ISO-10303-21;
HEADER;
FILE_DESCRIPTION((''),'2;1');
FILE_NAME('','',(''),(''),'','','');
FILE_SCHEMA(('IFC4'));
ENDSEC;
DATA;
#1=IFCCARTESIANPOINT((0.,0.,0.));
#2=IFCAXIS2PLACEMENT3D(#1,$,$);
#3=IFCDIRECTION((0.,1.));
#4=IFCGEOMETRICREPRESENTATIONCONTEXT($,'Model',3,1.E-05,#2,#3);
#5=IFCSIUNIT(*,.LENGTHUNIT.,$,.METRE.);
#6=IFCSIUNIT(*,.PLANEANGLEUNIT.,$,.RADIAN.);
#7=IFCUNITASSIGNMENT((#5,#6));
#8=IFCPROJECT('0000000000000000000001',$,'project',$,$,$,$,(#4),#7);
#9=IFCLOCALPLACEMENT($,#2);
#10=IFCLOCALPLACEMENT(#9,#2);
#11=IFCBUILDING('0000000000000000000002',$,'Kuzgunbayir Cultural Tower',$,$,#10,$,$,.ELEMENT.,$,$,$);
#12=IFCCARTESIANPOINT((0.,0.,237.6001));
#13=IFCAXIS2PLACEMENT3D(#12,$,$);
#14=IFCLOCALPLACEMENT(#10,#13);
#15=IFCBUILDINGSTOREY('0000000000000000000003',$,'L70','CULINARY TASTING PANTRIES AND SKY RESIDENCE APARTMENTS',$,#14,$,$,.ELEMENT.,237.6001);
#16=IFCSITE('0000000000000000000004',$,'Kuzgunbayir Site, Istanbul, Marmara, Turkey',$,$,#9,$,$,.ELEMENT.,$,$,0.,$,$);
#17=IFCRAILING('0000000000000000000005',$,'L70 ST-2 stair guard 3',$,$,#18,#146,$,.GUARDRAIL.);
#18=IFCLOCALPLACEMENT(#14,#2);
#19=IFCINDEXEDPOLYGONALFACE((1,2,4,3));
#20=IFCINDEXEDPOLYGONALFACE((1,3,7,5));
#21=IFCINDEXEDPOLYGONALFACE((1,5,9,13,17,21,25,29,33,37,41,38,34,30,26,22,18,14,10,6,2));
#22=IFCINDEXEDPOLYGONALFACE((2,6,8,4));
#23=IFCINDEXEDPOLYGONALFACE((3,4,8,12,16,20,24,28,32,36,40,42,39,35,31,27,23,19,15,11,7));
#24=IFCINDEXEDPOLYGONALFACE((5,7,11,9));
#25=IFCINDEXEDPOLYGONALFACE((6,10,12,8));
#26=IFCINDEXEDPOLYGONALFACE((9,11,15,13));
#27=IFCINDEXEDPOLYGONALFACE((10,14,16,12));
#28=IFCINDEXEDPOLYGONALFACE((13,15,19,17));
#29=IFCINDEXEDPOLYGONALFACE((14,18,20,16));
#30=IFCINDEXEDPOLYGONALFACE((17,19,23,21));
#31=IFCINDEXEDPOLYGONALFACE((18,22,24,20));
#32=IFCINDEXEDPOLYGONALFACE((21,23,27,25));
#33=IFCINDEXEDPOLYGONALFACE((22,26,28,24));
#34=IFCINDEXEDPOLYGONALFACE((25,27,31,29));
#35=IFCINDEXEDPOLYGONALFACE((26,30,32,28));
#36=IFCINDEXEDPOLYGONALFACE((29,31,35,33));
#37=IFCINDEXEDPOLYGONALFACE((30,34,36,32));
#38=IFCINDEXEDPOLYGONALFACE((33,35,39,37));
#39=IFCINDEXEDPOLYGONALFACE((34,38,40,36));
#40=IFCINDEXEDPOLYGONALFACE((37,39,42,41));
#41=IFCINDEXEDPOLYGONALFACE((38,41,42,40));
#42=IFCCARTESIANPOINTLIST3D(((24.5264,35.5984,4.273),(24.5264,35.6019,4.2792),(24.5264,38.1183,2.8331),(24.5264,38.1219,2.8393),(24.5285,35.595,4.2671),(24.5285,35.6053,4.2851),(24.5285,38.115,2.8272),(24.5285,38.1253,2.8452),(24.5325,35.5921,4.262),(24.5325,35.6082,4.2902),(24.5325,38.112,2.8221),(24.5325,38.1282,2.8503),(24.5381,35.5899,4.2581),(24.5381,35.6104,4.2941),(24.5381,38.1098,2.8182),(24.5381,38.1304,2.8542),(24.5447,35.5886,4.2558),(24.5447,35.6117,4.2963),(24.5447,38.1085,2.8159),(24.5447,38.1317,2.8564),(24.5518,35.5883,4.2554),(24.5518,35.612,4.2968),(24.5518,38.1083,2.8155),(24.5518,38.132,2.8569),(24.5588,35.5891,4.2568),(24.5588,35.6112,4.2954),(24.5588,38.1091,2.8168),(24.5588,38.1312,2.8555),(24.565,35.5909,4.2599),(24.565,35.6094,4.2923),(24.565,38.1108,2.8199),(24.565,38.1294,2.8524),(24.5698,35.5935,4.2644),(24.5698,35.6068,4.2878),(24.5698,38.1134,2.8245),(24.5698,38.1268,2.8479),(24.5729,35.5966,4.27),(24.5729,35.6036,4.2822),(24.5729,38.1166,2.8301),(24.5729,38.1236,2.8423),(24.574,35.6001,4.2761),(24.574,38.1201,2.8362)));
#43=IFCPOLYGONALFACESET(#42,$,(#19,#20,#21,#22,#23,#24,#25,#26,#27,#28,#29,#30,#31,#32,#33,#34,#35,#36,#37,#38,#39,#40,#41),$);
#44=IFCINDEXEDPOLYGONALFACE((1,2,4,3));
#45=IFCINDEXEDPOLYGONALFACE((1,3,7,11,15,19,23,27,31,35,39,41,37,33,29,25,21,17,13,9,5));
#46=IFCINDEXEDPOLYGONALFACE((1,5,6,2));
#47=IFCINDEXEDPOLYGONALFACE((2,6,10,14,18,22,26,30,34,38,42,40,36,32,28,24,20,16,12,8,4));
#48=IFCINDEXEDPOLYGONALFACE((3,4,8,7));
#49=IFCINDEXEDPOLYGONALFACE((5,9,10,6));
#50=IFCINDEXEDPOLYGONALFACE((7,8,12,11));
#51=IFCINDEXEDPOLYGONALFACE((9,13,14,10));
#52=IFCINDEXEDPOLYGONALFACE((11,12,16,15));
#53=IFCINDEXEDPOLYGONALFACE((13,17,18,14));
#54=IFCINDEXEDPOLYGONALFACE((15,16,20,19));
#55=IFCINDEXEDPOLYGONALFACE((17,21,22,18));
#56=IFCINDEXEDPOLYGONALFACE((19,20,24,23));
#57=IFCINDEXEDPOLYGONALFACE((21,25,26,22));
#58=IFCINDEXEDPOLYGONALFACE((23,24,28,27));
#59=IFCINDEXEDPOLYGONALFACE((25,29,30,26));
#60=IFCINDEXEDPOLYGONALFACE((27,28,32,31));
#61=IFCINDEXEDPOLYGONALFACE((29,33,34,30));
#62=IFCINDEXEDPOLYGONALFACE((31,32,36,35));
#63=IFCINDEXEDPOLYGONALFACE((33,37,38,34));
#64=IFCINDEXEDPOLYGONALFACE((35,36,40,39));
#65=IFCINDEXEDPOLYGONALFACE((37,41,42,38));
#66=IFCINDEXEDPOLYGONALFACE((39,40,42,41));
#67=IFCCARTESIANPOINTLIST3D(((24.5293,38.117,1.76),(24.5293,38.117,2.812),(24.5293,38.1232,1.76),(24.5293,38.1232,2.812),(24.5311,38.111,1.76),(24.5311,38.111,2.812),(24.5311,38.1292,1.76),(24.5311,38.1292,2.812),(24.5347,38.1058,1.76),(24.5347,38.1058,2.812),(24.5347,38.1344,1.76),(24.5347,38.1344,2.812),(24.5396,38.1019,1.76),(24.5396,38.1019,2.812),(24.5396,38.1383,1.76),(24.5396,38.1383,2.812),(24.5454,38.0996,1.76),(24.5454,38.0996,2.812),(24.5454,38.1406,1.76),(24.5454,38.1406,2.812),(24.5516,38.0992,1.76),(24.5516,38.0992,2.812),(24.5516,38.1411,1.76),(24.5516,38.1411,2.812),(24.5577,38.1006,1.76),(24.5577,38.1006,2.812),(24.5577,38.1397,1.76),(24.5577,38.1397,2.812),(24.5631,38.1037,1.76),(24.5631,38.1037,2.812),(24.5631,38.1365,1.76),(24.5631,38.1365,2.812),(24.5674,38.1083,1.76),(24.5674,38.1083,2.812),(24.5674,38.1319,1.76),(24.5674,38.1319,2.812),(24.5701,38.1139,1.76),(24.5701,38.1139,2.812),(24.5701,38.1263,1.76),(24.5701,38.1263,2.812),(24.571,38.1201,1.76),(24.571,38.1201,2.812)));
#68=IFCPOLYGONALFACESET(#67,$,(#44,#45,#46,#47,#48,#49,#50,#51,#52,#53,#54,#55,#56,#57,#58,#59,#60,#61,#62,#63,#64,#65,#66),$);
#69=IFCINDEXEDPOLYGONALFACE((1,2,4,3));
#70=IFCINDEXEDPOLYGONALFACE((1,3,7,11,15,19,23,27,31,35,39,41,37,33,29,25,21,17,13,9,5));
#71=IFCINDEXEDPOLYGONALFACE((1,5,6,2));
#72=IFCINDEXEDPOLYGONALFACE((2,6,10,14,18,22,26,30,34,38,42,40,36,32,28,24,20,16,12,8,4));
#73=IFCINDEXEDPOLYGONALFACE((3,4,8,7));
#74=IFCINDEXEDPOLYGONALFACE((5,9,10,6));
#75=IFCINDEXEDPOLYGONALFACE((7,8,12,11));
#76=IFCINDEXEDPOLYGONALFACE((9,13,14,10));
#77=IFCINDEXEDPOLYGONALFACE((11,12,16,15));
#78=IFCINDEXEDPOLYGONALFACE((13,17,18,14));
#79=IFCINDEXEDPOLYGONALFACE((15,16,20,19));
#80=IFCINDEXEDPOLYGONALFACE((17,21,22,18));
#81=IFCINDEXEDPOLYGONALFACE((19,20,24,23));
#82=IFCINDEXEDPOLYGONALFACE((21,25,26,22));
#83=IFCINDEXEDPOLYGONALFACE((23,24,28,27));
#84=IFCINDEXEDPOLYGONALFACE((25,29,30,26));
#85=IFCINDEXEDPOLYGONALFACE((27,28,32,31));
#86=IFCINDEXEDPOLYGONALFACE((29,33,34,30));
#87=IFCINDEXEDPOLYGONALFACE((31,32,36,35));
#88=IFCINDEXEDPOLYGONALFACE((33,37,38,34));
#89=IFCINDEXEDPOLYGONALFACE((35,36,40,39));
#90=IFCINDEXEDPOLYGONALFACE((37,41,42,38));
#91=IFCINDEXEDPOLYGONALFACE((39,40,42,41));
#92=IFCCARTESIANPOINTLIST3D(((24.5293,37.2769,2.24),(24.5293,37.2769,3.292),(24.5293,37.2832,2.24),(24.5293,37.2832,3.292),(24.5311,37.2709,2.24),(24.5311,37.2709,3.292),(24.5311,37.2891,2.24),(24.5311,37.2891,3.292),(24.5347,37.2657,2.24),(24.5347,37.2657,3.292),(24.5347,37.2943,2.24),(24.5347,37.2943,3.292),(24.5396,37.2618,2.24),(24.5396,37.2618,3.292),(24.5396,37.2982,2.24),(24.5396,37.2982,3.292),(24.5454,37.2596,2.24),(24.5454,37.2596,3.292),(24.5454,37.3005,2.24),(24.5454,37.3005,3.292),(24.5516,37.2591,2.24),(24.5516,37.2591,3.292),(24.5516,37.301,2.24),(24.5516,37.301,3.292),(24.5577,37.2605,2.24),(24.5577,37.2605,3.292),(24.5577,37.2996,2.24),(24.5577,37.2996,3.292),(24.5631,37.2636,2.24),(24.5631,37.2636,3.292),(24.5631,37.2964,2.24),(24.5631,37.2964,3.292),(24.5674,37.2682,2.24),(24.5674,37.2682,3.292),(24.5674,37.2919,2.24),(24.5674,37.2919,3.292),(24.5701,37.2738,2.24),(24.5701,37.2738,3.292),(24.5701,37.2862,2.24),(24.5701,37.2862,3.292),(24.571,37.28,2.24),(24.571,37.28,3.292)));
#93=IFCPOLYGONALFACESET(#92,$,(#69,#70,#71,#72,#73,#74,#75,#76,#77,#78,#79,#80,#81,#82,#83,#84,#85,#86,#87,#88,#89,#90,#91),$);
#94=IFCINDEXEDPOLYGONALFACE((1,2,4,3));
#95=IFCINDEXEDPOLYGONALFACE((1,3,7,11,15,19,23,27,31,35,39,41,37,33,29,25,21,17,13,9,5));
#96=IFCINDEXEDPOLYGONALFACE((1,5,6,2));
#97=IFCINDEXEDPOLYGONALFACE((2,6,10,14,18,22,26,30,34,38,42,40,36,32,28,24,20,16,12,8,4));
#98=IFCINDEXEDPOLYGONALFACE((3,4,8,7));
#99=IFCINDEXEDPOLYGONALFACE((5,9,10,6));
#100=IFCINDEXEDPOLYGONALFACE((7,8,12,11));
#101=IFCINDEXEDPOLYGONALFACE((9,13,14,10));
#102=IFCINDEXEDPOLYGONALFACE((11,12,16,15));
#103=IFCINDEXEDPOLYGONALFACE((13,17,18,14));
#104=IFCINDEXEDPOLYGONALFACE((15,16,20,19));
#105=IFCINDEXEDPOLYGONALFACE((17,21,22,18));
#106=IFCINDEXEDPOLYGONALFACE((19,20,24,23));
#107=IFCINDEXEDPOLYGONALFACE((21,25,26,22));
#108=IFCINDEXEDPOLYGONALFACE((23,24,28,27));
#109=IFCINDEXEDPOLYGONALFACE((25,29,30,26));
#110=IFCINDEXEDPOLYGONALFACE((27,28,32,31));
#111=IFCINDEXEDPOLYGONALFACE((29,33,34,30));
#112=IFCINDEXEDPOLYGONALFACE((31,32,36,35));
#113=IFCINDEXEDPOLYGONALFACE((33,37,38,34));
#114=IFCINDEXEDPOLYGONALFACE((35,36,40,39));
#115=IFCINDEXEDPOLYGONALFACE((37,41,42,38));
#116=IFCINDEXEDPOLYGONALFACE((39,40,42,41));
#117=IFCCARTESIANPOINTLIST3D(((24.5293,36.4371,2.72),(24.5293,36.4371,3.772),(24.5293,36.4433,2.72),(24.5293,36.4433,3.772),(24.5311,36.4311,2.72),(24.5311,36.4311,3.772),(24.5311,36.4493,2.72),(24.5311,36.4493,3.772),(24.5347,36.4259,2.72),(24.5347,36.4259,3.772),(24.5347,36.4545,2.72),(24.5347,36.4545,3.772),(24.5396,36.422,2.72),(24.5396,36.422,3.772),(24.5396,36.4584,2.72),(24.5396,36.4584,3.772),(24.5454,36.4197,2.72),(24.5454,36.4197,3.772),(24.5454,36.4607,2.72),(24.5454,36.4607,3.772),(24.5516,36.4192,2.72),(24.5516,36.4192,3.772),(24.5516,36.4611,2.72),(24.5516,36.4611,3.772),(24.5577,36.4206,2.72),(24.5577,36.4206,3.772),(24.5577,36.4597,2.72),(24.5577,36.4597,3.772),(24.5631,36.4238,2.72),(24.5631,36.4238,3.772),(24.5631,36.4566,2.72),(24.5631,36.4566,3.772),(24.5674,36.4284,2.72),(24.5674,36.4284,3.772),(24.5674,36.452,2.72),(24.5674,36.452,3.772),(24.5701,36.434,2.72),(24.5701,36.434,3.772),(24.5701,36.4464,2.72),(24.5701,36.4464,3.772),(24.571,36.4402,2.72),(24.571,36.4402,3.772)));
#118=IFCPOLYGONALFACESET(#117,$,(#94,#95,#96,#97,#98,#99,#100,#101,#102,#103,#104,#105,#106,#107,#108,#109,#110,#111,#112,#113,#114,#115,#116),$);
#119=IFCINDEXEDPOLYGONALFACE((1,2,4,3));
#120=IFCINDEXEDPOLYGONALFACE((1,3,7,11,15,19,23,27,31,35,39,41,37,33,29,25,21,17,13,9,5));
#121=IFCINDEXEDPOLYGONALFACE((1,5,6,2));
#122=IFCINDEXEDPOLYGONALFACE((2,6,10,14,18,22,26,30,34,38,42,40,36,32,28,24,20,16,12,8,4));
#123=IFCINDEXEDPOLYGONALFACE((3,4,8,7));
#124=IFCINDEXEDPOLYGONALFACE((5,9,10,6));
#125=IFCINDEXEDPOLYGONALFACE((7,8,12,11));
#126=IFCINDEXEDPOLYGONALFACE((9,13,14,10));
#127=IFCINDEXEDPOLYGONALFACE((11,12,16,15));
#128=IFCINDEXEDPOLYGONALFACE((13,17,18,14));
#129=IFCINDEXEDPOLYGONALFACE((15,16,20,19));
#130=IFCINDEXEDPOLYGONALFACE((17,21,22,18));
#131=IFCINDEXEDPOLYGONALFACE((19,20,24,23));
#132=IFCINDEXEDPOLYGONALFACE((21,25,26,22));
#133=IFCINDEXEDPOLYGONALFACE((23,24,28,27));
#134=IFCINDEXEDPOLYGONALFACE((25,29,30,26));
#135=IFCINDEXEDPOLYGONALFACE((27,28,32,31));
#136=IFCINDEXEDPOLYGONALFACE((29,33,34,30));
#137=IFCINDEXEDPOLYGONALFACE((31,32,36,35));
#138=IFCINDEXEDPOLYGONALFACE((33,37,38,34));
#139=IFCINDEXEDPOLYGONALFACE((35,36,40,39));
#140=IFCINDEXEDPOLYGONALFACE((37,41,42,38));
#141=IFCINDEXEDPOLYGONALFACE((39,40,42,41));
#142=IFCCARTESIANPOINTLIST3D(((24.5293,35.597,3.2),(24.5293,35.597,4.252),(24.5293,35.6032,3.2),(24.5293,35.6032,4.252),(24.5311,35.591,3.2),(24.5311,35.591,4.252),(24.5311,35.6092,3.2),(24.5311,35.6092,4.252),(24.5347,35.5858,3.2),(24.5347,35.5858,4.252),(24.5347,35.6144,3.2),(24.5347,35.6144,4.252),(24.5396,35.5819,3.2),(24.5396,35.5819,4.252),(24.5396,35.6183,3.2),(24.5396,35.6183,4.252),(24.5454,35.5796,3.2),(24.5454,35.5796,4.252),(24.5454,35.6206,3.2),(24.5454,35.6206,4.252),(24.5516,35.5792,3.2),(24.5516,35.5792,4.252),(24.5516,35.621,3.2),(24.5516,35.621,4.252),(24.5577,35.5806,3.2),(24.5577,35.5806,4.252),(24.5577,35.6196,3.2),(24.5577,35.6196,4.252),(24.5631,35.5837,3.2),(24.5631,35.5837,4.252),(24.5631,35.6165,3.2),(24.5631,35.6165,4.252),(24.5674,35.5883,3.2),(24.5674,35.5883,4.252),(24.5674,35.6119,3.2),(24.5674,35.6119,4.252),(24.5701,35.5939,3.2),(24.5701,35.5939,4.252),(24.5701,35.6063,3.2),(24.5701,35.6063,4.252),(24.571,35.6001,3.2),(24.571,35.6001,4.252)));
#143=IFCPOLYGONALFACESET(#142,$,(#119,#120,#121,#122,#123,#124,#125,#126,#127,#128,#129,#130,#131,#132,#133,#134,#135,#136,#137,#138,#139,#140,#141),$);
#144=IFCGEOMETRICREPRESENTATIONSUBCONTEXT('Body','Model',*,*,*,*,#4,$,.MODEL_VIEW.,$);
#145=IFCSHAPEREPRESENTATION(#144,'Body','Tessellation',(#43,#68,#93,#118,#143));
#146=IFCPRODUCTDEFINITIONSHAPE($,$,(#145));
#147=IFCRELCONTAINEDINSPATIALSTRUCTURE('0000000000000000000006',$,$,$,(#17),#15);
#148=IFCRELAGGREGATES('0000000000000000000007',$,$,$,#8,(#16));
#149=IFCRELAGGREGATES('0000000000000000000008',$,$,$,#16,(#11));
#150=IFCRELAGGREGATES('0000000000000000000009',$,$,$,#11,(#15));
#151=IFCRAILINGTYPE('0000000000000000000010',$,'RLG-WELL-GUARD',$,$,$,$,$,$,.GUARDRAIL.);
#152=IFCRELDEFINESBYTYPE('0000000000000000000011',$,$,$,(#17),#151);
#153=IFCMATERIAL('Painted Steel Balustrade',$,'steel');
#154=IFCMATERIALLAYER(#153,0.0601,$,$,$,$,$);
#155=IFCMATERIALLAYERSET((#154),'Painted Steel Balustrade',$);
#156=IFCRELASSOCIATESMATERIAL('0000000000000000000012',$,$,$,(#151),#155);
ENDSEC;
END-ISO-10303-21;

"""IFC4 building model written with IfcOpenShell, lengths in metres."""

from ifc_helpers import new_model, si_unit, direction, frame, origin, origin_2d, place, context, subcontext, project, spatial, circle, extrude, material, layer, layer_set, type_object, element, save


model = new_model("IFC4")

# Units and contexts
model_context = context("Model", 3, precision=1e-05, world=origin(), true_north=direction((0.0, 1.0)))
body_context = subcontext(model_context, "Body", "Model", "MODEL_VIEW")
ifc_project = project(units=[si_unit("LENGTHUNIT", "METRE"), si_unit("PLANEANGLEUNIT", "RADIAN")], contexts=[model_context])

# Site, building, storey
site_placement = place(None, origin())
site = spatial("IfcSite", under=ifc_project, at=site_placement, Name="Kuzgunbayir Site, Istanbul, Marmara, Turkey", CompositionType="ELEMENT", RefElevation=0.0)
building_placement = place(site_placement, origin())
building = spatial("IfcBuilding", under=site, at=building_placement, Name="Kuzgunbayir Cultural Tower", CompositionType="ELEMENT")
storey_placement = place(building_placement, frame((0.0, 0.0, 237.6001)))
storey = spatial("IfcBuildingStorey", under=building, at=storey_placement, Name="L70", Description="CULINARY TASTING PANTRIES AND SKY RESIDENCE APARTMENTS", CompositionType="ELEMENT", Elevation=237.6001)

# Railing
ifc_material_1 = material(Name="Painted Steel Balustrade", Category="steel")
ifc_layer_1 = layer(ifc_material_1, 0.0601)
ifc_layer_set_1 = layer_set([ifc_layer_1], Name="Painted Steel Balustrade")
railing_type_1 = type_object("IfcRailingType", Name="RLG-WELL-GUARD", PredefinedType="GUARDRAIL", material=ifc_layer_set_1)
railing_1_placement = place(storey_placement, frame((24.55, 38.1201, 1.76)))
element("IfcRailing", 1, at=railing_1_placement, inside=storey, type_object=railing_type_1, Name="L70 ST-2 stair guard 3", PredefinedType="GUARDRAIL", context=body_context, shape_type="SweptSolid", body=[
    extrude(circle(Radius=0.0239, at=origin_2d()), frame((0.0, 0.0, 1.0762), z_axis=(0.0, -0.868253, 0.496121), x_axis=(1.0, 0.0, 0.0)), (0.0, 0.0, 1.0), 2.9023),
    extrude(circle(Radius=0.021, at=origin_2d()), origin(), (0.0, 0.0, 1.0), 1.052),
    extrude(circle(Radius=0.021, at=origin_2d()), frame((0.0, -0.8401, 0.48)), (0.0, 0.0, 1.0), 1.052),
    extrude(circle(Radius=0.021, at=origin_2d()), frame((0.0, -1.6799, 0.96)), (0.0, 0.0, 1.0), 1.052),
    extrude(circle(Radius=0.021, at=origin_2d()), frame((0.0, -2.52, 1.4399)), (0.0, 0.0, 1.0), 1.052),
])

save(model, "model.ifc")
